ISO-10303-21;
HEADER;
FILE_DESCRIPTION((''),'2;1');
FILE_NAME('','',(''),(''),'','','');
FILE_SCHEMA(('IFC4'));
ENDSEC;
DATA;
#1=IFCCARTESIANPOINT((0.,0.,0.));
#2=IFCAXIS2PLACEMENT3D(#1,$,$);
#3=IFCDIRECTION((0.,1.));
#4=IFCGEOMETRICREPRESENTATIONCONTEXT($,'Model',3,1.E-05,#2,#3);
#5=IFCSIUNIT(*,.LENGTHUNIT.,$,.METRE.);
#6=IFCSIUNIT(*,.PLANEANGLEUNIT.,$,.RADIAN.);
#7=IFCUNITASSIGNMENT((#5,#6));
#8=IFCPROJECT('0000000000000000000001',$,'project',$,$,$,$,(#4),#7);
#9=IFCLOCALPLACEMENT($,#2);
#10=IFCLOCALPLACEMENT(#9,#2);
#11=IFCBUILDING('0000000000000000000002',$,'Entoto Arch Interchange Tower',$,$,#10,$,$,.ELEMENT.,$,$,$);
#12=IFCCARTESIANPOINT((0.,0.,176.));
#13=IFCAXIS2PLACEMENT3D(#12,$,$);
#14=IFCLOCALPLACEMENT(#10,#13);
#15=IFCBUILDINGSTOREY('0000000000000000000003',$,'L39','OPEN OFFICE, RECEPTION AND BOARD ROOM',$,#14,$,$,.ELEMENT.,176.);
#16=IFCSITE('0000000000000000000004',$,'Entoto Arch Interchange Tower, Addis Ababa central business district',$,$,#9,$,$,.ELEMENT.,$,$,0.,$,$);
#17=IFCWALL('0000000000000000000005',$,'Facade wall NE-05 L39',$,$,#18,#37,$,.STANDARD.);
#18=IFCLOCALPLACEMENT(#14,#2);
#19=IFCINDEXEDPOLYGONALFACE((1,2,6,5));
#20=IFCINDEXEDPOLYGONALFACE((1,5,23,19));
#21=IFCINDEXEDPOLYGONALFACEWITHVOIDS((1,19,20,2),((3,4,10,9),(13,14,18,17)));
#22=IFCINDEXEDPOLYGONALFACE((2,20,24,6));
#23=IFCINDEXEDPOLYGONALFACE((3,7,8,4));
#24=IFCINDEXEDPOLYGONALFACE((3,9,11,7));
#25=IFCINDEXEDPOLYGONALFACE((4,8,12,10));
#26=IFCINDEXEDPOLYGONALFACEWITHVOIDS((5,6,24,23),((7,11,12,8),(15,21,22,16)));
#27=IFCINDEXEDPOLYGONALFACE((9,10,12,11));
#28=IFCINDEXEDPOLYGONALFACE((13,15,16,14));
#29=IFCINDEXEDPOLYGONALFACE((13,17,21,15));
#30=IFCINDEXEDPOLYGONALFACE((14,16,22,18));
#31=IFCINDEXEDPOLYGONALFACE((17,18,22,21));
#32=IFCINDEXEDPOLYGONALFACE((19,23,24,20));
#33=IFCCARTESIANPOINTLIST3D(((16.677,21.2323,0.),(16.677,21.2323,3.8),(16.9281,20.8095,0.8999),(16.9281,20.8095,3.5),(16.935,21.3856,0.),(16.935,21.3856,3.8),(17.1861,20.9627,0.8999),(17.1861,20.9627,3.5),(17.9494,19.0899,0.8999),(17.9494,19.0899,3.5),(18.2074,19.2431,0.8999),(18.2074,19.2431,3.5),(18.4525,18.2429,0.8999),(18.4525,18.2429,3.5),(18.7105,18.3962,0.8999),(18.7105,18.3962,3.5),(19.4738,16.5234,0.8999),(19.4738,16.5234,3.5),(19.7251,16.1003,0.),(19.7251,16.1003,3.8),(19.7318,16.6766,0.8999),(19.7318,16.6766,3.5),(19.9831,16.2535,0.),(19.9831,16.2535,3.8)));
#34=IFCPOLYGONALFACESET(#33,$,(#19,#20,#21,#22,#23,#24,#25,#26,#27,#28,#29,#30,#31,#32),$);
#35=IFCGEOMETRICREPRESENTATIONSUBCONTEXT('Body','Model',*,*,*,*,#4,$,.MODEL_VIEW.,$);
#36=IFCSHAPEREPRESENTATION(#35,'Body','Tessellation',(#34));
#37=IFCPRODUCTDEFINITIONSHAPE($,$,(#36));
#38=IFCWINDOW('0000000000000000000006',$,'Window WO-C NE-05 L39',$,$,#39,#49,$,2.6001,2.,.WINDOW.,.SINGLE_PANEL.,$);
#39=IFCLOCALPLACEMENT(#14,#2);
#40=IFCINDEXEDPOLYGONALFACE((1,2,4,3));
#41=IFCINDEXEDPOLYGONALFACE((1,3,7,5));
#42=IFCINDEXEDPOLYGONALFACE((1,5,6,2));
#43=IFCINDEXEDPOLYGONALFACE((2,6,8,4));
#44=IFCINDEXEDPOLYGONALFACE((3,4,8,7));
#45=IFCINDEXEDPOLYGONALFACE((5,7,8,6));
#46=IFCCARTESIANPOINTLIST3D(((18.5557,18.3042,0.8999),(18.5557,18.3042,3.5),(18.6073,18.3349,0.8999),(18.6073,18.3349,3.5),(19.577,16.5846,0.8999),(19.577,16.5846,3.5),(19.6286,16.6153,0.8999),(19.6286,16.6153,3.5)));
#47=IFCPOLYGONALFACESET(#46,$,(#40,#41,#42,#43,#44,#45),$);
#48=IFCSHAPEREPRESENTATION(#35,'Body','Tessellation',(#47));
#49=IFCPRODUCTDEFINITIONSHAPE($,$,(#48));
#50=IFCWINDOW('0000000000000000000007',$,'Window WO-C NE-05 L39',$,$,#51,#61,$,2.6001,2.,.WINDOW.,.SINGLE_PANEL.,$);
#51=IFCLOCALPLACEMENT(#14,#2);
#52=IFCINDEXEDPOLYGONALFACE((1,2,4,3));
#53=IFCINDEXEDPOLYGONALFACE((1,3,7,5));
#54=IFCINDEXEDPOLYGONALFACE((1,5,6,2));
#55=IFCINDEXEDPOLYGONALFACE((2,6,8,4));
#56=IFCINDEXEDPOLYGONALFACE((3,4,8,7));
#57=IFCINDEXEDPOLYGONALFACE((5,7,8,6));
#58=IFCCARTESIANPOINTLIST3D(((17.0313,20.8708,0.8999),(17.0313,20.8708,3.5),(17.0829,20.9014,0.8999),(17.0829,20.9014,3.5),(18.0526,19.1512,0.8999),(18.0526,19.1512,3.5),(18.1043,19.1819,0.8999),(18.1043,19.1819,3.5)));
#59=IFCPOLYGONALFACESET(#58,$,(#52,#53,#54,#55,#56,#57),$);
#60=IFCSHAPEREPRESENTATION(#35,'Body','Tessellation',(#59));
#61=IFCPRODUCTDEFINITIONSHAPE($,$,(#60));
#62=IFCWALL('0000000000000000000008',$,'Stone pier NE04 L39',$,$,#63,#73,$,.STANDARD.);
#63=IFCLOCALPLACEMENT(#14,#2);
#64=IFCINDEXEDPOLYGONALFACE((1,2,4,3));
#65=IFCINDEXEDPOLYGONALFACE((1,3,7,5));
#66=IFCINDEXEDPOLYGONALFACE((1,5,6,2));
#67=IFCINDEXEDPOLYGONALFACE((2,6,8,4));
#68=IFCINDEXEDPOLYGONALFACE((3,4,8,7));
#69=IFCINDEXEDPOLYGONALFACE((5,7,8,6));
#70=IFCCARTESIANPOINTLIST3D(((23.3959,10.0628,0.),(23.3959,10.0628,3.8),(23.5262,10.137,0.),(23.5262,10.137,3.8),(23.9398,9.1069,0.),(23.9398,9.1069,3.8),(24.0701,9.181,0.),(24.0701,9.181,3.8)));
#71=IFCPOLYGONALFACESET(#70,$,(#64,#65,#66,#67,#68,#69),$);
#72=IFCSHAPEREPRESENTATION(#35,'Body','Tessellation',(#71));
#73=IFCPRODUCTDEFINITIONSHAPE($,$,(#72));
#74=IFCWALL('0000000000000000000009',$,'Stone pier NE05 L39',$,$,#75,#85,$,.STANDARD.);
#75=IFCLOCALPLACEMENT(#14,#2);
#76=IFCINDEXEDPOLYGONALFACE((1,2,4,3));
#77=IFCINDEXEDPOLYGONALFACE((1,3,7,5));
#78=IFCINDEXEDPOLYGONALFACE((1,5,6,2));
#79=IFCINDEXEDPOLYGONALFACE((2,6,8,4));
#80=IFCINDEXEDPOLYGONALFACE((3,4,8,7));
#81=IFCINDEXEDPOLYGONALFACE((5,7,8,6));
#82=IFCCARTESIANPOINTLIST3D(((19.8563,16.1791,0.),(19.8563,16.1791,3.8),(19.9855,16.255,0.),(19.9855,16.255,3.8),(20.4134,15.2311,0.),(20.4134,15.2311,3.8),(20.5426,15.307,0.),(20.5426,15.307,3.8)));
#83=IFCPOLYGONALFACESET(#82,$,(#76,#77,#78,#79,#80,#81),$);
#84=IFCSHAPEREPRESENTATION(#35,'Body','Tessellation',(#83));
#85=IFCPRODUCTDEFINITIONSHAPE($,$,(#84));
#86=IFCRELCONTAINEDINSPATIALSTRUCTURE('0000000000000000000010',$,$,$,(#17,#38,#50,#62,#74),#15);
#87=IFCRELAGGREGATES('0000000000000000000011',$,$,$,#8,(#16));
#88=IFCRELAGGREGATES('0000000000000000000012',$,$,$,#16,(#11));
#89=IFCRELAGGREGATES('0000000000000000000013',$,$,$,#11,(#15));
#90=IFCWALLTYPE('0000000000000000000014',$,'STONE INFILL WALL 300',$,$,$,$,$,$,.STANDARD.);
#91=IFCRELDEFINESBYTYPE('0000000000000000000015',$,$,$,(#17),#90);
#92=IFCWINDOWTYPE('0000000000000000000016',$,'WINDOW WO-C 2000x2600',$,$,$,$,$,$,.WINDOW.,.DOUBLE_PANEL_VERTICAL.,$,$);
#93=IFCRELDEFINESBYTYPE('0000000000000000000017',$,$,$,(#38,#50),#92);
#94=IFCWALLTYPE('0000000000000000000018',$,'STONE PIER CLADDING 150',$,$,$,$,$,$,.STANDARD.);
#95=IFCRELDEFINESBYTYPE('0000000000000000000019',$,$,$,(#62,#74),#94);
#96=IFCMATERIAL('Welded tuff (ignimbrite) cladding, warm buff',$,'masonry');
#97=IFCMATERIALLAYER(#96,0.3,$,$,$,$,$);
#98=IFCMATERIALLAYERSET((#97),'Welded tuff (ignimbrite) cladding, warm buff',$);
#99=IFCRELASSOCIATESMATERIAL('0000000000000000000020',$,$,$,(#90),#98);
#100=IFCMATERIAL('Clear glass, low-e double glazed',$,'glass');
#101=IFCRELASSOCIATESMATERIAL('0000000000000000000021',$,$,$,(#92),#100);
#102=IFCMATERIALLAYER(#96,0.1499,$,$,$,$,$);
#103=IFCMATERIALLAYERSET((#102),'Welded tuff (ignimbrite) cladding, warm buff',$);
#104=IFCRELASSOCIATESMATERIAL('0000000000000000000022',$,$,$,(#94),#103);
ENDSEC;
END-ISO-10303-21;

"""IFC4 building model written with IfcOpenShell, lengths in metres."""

from ifc_helpers import new_model, si_unit, direction, frame, frame_2d, origin, place, context, subcontext, project, spatial, rectangle, extrude, material, layer, layer_set, type_object, element, fill, save


model = new_model("IFC4")

# Units and contexts
model_context = context("Model", 3, precision=1e-05, world=origin(), true_north=direction((0.0, 1.0)))
body_context = subcontext(model_context, "Body", "Model", "MODEL_VIEW")
ifc_project = project(units=[si_unit("LENGTHUNIT", "METRE"), si_unit("PLANEANGLEUNIT", "RADIAN")], contexts=[model_context])

# Site, building, storey
site_placement = place(None, origin())
site = spatial("IfcSite", under=ifc_project, at=site_placement, Name="Entoto Arch Interchange Tower, Addis Ababa central business district", CompositionType="ELEMENT", RefElevation=0.0)
building_placement = place(site_placement, origin())
building = spatial("IfcBuilding", under=site, at=building_placement, Name="Entoto Arch Interchange Tower", CompositionType="ELEMENT")
storey_placement = place(building_placement, frame((0.0, 0.0, 176.0)))
storey = spatial("IfcBuildingStorey", under=building, at=storey_placement, Name="L39", Description="OPEN OFFICE, RECEPTION AND BOARD ROOM", CompositionType="ELEMENT", Elevation=176.0)

# Wall, openings, windows
ifc_material_1 = material(Name="Welded tuff (ignimbrite) cladding, warm buff", Category="masonry")
ifc_layer_1 = layer(ifc_material_1, 0.3)
ifc_layer_set_1 = layer_set([ifc_layer_1], Name="Welded tuff (ignimbrite) cladding, warm buff")
wall_type_1 = type_object("IfcWallType", Name="STONE INFILL WALL 300", PredefinedType="STANDARD", material=ifc_layer_set_1)
ifc_material_2 = material(Name="Clear glass, low-e double glazed", Category="glass")
window_type = type_object("IfcWindowType", Name="WINDOW WO-C 2000x2600", PartitioningType="DOUBLE_PANEL_VERTICAL", PredefinedType="WINDOW", material=ifc_material_2)
wall_1_placement = place(storey_placement, frame((19.854, 16.177, 0.0), z_axis=(0.0, 0.0, 1.0), x_axis=(-0.510653, 0.859787, 0.0)))
wall_1 = element("IfcWall", 1, at=wall_1_placement, inside=storey, type_object=wall_type_1, Name="Facade wall NE-05 L39", PredefinedType="STANDARD", context=body_context, shape_type="SweptSolid", body=[
    extrude(rectangle(XDim=5.969, YDim=0.3, at=frame_2d((2.9844, 0.0))), origin(), (0.0, 0.0, 1.0), 3.8),
])
opening_1_placement = place(wall_1_placement, frame((0.4919, 0.0, 0.8999)))
opening_1 = element("IfcOpeningElement", 2, at=opening_1_placement, cuts=wall_1, PredefinedType="OPENING", context=body_context, shape_type="SweptSolid", body=[
    extrude(rectangle(XDim=2.0, YDim=2.6001, at=frame_2d((1.0, 1.3))), frame((0.0, 0.1602, 0.0), z_axis=(0.0, -1.0, 0.0), x_axis=(1.0, 0.0, 0.0)), (0.0, 0.0, 1.0), 0.3201),
])
opening_2_placement = place(wall_1_placement, frame((3.4771, 0.0, 0.8999)))
opening_2 = element("IfcOpeningElement", 3, at=opening_2_placement, cuts=wall_1, PredefinedType="OPENING", context=body_context, shape_type="SweptSolid", body=[
    extrude(rectangle(XDim=2.0, YDim=2.6001, at=frame_2d((1.0, 1.3))), frame((0.0, 0.1602, 0.0), z_axis=(0.0, -1.0, 0.0), x_axis=(1.0, 0.0, 0.0)), (0.0, 0.0, 1.0), 0.3201),
])
window_1_placement = place(opening_1_placement, origin())
window_1 = element("IfcWindow", 4, at=window_1_placement, inside=storey, type_object=window_type, Name="Window WO-C NE-05 L39", OverallHeight=2.6001, OverallWidth=2.0, PartitioningType="SINGLE_PANEL", PredefinedType="WINDOW", context=body_context, shape_type="SweptSolid", body=[
    extrude(rectangle(XDim=2.0, YDim=2.6001, at=frame_2d((1.0, 1.3))), frame((0.0, 0.03, 0.0), z_axis=(0.0, -1.0, 0.0), x_axis=(1.0, 0.0, 0.0)), (0.0, 0.0, 1.0), 0.0601),
])
fill(opening_1, window_1)
window_2_placement = place(opening_2_placement, origin())
window_2 = element("IfcWindow", 5, at=window_2_placement, inside=storey, type_object=window_type, Name="Window WO-C NE-05 L39", OverallHeight=2.6001, OverallWidth=2.0, PartitioningType="SINGLE_PANEL", PredefinedType="WINDOW", context=body_context, shape_type="SweptSolid", body=[
    extrude(rectangle(XDim=2.0, YDim=2.6001, at=frame_2d((1.0, 1.3))), frame((0.0, 0.03, 0.0), z_axis=(0.0, -1.0, 0.0), x_axis=(1.0, 0.0, 0.0)), (0.0, 0.0, 1.0), 0.0601),
])
fill(opening_2, window_2)

# Walls
ifc_layer_2 = layer(ifc_material_1, 0.1499)
ifc_layer_set_2 = layer_set([ifc_layer_2], Name="Welded tuff (ignimbrite) cladding, warm buff")
wall_type_2 = type_object("IfcWallType", Name="STONE PIER CLADDING 150", PredefinedType="STANDARD", material=ifc_layer_set_2)
wall_2_placement = place(storey_placement, frame((24.0049, 9.144, 0.0), z_axis=(0.0, 0.0, 1.0), x_axis=(-0.494513, 0.86917, 0.0)))
element("IfcWall", 6, at=wall_2_placement, inside=storey, type_object=wall_type_2, Name="Stone pier NE04 L39", PredefinedType="STANDARD", context=body_context, shape_type="SweptSolid", body=[
    extrude(rectangle(XDim=1.0999, YDim=0.1499, at=frame_2d((0.5498, 0.0))), origin(), (0.0, 0.0, 1.0), 3.8),
])
wall_3_placement = place(storey_placement, frame((20.478, 15.269, 0.0), z_axis=(0.0, 0.0, 1.0), x_axis=(-0.506671, 0.86214, 0.0)))
element("IfcWall", 7, at=wall_3_placement, inside=storey, type_object=wall_type_2, Name="Stone pier NE05 L39", PredefinedType="STANDARD", context=body_context, shape_type="SweptSolid", body=[
    extrude(rectangle(XDim=1.0996, YDim=0.1499, at=frame_2d((0.5498, 0.0))), origin(), (0.0, 0.0, 1.0), 3.8),
])

save(model, "model.ifc")
